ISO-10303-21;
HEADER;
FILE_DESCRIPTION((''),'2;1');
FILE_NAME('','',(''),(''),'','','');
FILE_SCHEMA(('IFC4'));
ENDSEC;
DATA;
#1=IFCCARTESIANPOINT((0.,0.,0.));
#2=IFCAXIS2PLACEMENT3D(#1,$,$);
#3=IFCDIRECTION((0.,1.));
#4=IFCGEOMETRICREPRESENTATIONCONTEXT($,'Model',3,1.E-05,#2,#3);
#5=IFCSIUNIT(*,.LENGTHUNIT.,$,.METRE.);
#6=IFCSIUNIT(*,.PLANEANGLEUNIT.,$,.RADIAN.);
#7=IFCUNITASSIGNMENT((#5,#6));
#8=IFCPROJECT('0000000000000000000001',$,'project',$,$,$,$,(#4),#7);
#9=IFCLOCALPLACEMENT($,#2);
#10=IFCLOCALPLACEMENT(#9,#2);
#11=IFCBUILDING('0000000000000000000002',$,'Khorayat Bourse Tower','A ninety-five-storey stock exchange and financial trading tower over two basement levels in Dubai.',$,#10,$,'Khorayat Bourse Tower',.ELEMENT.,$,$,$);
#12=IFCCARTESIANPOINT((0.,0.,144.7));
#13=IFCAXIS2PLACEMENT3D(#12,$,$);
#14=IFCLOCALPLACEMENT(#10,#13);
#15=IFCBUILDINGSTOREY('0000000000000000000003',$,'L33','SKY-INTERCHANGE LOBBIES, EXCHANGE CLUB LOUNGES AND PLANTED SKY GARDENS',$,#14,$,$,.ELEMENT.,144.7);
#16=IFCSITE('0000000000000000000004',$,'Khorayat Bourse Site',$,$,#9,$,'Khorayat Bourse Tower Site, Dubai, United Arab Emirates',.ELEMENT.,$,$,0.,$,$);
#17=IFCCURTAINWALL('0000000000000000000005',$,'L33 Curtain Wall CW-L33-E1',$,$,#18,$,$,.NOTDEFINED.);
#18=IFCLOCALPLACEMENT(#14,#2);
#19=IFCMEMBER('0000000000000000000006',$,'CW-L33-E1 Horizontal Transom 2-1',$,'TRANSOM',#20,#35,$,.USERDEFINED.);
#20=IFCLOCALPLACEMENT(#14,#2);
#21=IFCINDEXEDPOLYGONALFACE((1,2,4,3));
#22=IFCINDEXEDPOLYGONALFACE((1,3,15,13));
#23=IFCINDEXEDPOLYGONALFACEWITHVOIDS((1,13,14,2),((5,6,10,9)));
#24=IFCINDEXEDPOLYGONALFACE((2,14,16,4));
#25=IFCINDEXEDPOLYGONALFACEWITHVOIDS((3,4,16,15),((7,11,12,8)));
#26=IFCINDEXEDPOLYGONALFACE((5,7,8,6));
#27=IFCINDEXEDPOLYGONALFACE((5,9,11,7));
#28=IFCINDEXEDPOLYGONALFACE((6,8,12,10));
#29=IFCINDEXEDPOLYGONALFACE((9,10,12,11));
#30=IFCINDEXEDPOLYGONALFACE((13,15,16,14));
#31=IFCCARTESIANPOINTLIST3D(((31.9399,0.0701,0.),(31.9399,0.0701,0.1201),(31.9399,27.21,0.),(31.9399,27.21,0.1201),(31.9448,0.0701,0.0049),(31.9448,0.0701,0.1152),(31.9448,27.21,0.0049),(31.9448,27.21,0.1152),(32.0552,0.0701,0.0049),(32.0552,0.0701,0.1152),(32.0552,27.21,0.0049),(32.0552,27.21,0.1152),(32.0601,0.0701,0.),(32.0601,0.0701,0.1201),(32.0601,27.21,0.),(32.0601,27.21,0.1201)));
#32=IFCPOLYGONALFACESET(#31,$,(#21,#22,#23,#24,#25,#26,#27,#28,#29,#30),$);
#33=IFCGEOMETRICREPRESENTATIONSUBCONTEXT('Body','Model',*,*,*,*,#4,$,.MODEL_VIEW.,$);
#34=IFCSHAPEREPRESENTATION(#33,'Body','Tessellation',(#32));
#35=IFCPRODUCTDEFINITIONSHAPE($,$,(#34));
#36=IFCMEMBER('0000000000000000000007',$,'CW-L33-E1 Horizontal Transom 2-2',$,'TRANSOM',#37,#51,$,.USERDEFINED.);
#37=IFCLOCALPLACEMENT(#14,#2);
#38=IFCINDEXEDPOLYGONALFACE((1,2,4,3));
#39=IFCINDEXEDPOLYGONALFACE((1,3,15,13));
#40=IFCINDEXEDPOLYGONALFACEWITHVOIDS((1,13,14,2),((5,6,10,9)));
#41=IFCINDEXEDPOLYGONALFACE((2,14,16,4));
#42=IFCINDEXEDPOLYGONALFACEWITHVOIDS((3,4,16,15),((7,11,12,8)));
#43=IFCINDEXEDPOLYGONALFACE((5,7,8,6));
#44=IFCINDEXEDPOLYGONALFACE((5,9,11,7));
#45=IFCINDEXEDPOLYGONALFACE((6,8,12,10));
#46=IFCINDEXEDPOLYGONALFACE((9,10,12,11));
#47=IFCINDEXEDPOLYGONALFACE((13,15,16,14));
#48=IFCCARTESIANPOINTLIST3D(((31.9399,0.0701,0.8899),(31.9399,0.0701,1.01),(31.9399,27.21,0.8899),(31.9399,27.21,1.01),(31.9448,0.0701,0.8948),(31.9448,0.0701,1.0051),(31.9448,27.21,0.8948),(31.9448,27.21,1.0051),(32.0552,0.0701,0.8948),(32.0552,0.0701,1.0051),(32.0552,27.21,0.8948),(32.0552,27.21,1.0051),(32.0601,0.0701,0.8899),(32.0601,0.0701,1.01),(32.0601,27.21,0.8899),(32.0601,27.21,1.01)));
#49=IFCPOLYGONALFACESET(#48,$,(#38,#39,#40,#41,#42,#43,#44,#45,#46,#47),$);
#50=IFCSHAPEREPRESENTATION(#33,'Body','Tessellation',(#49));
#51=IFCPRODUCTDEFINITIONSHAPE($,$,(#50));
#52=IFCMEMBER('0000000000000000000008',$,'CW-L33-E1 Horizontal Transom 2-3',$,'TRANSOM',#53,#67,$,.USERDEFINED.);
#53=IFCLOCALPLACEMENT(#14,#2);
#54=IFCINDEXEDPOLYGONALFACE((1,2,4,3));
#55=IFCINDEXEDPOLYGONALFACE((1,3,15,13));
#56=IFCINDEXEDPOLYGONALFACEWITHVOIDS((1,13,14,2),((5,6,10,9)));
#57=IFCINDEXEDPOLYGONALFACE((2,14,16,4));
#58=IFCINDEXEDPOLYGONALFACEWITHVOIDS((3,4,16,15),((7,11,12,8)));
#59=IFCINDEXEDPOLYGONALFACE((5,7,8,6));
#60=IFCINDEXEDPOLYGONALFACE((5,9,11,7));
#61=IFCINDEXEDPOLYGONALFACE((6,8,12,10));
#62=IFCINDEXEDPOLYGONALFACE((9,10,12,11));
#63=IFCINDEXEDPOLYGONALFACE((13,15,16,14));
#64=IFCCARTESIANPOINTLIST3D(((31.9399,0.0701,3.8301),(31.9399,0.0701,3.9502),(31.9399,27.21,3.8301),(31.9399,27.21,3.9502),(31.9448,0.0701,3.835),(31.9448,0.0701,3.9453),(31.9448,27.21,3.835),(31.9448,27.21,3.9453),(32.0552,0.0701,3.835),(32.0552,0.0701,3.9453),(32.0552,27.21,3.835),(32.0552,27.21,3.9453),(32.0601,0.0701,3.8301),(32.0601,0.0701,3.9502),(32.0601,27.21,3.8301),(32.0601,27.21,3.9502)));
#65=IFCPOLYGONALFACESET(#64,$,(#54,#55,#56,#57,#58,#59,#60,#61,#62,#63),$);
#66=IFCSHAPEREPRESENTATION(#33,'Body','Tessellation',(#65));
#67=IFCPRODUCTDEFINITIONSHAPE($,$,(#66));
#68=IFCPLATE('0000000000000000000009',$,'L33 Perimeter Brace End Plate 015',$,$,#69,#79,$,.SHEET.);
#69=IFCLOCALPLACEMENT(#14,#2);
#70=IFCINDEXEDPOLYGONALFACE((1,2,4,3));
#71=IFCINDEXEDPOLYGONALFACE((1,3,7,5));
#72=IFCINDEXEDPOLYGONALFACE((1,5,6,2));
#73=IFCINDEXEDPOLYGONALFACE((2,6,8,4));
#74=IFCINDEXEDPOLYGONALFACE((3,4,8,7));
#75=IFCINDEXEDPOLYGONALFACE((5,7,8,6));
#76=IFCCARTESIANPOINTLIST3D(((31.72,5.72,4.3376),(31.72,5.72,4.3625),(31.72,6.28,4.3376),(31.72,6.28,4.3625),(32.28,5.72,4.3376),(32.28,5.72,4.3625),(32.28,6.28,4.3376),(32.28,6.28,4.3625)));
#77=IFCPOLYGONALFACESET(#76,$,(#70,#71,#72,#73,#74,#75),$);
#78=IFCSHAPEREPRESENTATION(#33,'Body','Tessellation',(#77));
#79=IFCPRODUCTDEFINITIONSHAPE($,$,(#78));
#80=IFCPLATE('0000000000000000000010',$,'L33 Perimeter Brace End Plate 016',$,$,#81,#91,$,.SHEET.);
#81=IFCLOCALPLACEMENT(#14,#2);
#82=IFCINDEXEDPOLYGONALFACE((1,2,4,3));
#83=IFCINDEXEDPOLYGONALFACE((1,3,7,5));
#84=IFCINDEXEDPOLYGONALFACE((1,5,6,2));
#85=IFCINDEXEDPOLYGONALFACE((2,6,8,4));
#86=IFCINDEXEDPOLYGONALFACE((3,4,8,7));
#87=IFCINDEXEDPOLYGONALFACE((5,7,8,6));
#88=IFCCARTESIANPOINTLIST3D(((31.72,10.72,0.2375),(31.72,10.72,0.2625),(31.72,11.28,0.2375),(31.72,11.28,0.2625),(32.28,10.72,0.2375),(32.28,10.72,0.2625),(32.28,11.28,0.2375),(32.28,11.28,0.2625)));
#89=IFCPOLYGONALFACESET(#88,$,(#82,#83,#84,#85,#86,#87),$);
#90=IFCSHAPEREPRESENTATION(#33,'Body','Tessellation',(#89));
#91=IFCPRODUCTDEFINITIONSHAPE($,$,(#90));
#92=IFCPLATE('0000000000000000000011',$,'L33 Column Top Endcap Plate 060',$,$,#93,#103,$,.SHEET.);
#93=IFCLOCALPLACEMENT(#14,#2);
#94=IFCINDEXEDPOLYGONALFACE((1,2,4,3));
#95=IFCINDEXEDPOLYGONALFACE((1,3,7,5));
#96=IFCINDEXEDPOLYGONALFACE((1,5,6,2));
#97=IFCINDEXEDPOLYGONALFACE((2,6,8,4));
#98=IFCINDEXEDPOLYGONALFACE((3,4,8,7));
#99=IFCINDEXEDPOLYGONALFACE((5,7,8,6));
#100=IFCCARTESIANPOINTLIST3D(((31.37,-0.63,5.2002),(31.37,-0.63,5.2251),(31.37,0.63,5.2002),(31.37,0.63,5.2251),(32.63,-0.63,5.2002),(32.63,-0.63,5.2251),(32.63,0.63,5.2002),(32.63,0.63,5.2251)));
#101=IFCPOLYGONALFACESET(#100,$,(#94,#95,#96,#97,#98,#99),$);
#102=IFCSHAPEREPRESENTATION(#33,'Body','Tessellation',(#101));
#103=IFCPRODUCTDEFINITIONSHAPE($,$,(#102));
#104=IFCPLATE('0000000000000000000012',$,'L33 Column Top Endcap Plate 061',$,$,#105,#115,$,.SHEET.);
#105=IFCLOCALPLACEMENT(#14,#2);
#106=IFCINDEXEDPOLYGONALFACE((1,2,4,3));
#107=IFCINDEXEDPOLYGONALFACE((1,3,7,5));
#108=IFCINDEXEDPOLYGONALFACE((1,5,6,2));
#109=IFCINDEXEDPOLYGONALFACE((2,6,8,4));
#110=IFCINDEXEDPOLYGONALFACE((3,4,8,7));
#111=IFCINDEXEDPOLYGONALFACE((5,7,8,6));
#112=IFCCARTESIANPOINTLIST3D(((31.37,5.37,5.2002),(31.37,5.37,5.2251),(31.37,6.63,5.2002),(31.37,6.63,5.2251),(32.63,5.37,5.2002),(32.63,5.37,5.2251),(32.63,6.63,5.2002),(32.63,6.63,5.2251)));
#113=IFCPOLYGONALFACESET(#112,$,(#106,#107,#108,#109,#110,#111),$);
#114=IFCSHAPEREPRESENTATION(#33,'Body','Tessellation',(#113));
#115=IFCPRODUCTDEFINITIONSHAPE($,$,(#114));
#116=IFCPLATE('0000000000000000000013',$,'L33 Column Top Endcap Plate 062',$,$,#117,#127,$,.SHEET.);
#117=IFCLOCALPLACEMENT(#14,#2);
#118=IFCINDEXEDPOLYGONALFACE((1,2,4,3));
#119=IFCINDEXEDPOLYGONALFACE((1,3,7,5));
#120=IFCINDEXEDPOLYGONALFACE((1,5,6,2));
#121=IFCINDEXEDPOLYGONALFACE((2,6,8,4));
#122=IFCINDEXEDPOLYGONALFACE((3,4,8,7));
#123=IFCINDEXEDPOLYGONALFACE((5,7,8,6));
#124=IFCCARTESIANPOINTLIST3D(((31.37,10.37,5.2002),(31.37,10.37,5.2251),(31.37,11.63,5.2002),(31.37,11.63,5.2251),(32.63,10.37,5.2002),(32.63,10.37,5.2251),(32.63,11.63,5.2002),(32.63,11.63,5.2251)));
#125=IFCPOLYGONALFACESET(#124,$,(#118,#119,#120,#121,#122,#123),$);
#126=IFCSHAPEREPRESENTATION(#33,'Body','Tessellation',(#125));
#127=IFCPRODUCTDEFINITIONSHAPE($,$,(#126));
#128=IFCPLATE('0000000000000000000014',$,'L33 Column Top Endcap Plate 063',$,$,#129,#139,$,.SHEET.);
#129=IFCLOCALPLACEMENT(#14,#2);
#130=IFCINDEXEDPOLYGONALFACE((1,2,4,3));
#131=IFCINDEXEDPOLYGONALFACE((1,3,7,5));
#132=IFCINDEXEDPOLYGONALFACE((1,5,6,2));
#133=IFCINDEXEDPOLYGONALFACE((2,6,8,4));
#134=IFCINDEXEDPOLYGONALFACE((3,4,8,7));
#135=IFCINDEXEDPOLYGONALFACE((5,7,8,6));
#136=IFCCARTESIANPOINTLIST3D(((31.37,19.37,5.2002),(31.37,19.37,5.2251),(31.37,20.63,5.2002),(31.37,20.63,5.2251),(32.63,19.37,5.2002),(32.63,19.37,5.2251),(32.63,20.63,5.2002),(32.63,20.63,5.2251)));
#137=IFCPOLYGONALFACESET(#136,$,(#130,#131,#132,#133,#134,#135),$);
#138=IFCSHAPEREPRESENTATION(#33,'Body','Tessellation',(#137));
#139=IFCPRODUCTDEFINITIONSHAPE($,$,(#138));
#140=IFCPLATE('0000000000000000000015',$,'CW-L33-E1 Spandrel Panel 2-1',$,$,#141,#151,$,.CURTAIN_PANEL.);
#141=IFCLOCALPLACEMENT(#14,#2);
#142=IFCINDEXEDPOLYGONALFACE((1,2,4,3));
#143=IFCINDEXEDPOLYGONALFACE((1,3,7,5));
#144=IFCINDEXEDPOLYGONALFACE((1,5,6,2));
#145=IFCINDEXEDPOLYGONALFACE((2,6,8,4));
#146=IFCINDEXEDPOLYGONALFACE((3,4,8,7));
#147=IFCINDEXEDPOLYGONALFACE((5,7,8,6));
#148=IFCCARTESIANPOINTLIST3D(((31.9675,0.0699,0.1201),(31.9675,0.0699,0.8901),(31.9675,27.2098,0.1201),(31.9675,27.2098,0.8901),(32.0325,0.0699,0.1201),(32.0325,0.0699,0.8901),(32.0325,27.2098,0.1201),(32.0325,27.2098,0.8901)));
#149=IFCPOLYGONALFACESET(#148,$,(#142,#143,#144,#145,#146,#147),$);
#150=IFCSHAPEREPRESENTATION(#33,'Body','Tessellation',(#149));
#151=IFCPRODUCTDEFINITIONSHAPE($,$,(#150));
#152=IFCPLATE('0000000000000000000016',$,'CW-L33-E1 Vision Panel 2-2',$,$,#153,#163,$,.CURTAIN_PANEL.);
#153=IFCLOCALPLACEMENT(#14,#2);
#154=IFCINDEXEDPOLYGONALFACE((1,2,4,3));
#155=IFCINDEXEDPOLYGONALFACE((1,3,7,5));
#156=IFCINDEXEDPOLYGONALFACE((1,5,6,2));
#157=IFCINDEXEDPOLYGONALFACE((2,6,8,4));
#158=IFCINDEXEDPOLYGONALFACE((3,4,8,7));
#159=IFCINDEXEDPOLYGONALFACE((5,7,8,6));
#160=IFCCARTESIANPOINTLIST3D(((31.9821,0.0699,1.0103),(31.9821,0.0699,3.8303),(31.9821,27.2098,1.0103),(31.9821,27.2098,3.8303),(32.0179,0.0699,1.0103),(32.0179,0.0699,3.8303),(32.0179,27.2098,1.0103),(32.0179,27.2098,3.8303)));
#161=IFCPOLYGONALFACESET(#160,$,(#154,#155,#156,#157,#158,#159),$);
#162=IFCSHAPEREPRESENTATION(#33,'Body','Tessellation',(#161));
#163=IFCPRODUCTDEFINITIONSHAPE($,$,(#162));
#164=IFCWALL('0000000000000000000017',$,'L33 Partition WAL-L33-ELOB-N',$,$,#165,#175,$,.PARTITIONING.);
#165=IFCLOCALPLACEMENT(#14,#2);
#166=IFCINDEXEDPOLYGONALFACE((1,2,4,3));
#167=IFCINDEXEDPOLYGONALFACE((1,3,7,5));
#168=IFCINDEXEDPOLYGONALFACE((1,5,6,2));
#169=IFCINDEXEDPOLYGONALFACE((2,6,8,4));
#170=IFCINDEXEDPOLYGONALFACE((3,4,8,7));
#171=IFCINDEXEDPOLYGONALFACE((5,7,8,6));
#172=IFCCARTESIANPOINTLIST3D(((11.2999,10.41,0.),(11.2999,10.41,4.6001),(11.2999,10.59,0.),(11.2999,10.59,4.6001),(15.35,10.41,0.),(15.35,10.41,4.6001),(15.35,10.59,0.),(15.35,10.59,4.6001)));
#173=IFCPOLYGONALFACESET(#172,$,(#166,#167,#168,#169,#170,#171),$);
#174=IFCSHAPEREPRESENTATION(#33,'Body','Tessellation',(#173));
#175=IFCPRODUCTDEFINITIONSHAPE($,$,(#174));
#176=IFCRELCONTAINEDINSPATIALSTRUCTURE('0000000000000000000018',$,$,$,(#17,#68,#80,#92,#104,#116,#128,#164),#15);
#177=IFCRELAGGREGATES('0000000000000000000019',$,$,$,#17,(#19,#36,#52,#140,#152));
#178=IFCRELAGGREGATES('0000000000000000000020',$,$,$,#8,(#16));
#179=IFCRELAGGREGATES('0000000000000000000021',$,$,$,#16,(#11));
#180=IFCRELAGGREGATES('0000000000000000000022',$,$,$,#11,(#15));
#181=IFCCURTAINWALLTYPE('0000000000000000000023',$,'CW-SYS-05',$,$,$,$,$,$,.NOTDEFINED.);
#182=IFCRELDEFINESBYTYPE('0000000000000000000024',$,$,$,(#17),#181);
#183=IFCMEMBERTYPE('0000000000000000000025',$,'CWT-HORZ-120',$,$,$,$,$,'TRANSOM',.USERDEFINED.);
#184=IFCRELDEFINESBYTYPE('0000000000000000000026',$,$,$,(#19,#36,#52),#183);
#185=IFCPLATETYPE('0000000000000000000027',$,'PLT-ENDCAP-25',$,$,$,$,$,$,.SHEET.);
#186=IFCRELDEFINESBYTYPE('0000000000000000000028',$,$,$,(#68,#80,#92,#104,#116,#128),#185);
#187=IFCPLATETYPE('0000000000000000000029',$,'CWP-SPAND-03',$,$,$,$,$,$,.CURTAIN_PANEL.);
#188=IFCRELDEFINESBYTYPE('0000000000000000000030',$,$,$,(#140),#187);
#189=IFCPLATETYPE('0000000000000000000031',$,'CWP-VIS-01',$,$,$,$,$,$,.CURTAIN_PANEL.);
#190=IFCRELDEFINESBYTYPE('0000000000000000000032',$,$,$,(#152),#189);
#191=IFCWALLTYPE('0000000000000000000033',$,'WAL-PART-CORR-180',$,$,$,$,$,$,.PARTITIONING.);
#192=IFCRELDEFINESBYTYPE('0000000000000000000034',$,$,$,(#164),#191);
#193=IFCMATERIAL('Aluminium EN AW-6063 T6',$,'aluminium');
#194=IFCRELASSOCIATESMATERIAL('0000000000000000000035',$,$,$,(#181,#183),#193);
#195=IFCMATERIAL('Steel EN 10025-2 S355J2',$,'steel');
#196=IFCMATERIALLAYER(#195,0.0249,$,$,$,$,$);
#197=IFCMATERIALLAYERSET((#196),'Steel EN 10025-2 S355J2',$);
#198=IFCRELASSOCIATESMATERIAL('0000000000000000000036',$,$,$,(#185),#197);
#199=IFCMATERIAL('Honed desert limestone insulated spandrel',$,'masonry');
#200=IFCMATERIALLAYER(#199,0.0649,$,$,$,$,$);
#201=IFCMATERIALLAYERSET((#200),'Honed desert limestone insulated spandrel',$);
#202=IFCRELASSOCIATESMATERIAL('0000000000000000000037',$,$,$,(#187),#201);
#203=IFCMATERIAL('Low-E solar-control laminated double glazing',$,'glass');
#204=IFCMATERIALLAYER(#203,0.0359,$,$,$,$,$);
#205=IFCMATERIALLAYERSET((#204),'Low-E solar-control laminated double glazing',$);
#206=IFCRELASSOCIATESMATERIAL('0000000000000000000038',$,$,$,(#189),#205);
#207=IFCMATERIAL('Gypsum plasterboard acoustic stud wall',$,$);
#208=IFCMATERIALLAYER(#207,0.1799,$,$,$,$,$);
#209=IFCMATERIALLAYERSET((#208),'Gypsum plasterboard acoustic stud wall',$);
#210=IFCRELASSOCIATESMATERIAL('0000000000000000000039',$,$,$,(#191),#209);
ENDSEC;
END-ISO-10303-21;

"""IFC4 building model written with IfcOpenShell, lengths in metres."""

from ifc_helpers import new_model, si_unit, direction, frame, frame_2d, origin, origin_2d, place, context, subcontext, project, spatial, rectangle, hollow_rectangle, extrude, source, transform, mapped, material, layer, layer_set, material_profile, profile_set, type_object, element, aggregate, save


model = new_model("IFC4")

# Units and contexts
model_context = context("Model", 3, precision=1e-05, world=origin(), true_north=direction((0.0, 1.0)))
body_context = subcontext(model_context, "Body", "Model", "MODEL_VIEW")
ifc_project = project(units=[si_unit("LENGTHUNIT", "METRE"), si_unit("PLANEANGLEUNIT", "RADIAN")], contexts=[model_context])

# Site, building, storey
site_placement = place(None, origin())
site = spatial("IfcSite", under=ifc_project, at=site_placement, Name="Khorayat Bourse Site", LongName="Khorayat Bourse Tower Site, Dubai, United Arab Emirates", CompositionType="ELEMENT", RefElevation=0.0)
building_placement = place(site_placement, origin())
building = spatial("IfcBuilding", under=site, at=building_placement, Name="Khorayat Bourse Tower", Description="A ninety-five-storey stock exchange and financial trading tower over two basement levels in Dubai.", LongName="Khorayat Bourse Tower", CompositionType="ELEMENT")
storey_placement = place(building_placement, frame((0.0, 0.0, 144.7)))
storey = spatial("IfcBuildingStorey", under=building, at=storey_placement, Name="L33", Description="SKY-INTERCHANGE LOBBIES, EXCHANGE CLUB LOUNGES AND PLANTED SKY GARDENS", CompositionType="ELEMENT", Elevation=144.7)

# Curtain wall, members
ifc_material_1 = material(Name="Aluminium EN AW-6063 T6", Category="aluminium")
curtain_wall_type = type_object("IfcCurtainWallType", Name="CW-SYS-05", PredefinedType="NOTDEFINED", material=ifc_material_1)
curtain_wall_placement = place(storey_placement, origin())
curtain_wall = element("IfcCurtainWall", 1, at=curtain_wall_placement, inside=storey, type_object=curtain_wall_type, Name="L33 Curtain Wall CW-L33-E1", PredefinedType="NOTDEFINED")
ifc_material_profile_1 = material_profile(ifc_material_1, hollow_rectangle(XDim=0.1201, YDim=0.1201, WallThickness=0.0049, at=origin_2d()), Name="ALU 120x120x5")
ifc_profile_set_1 = profile_set([ifc_material_profile_1], Name="Aluminium EN AW-6063 T6")
member_type_1 = type_object("IfcMemberType", Name="CWT-HORZ-120", ElementType="TRANSOM", PredefinedType="USERDEFINED", material=ifc_profile_set_1)
shared_shape_1 = source(origin(), body_context, "Body", "SweptSolid", [
    extrude(hollow_rectangle(XDim=0.1201, YDim=0.1201, WallThickness=0.0049, at=origin_2d()), origin(), (0.0, 0.0, 1.0), 27.1399),
])
member_1_placement = place(storey_placement, frame((32.0, 0.0701, 0.0601), z_axis=(0.0, 1.0, 0.0), x_axis=(-1.0, 0.0, 0.0)))
member_1 = element("IfcMember", 2, at=member_1_placement, type_object=member_type_1, Name="CW-L33-E1 Horizontal Transom 2-1", ObjectType="TRANSOM", PredefinedType="USERDEFINED", context=body_context, shape_type="MappedRepresentation", body=[
    mapped(shared_shape_1, transform((0.0, 0.0, 0.0), scale=1.0)),
])
member_2_placement = place(storey_placement, frame((32.0, 0.0701, 0.95), z_axis=(0.0, 1.0, 0.0), x_axis=(-1.0, 0.0, 0.0)))
member_2 = element("IfcMember", 3, at=member_2_placement, type_object=member_type_1, Name="CW-L33-E1 Horizontal Transom 2-2", ObjectType="TRANSOM", PredefinedType="USERDEFINED", context=body_context, shape_type="MappedRepresentation", body=[
    mapped(shared_shape_1, transform((0.0, 0.0, 0.0), scale=1.0)),
])
member_3_placement = place(storey_placement, frame((32.0, 0.0701, 3.8901), z_axis=(0.0, 1.0, 0.0), x_axis=(-1.0, 0.0, 0.0)))
member_3 = element("IfcMember", 4, at=member_3_placement, type_object=member_type_1, Name="CW-L33-E1 Horizontal Transom 2-3", ObjectType="TRANSOM", PredefinedType="USERDEFINED", context=body_context, shape_type="MappedRepresentation", body=[
    mapped(shared_shape_1, transform((0.0, 0.0, 0.0), scale=1.0)),
])

# Plates
ifc_material_2 = material(Name="Steel EN 10025-2 S355J2", Category="steel")
ifc_layer_1 = layer(ifc_material_2, 0.0249)
ifc_layer_set_1 = layer_set([ifc_layer_1], Name="Steel EN 10025-2 S355J2")
plate_type_1 = type_object("IfcPlateType", Name="PLT-ENDCAP-25", PredefinedType="SHEET", material=ifc_layer_set_1)
shared_shape_2 = source(origin(), body_context, "Body", "SweptSolid", [
    extrude(rectangle(XDim=0.5601, YDim=0.5601, at=origin_2d()), origin(), (0.0, 0.0, 1.0), 0.0249),
])
for number, where, z_axis, x_axis, name in (
    (5, (32.0, 6.0, 4.3376), (0.0, 0.0, 1.0), (1.0, 0.0, 0.0), "L33 Perimeter Brace End Plate 015"),
    (6, (32.0, 11.0, 0.2375), (0.0, 0.0, 1.0), (1.0, 0.0, 0.0), "L33 Perimeter Brace End Plate 016"),
):
    element("IfcPlate", number, at=place(storey_placement, frame(where, z_axis=z_axis, x_axis=x_axis)), inside=storey, type_object=plate_type_1, Name=name, PredefinedType="SHEET", context=body_context, shape_type="MappedRepresentation", body=[
        mapped(shared_shape_2, transform((0.0, 0.0, 0.0), scale=1.0)),
    ])
shared_shape_3 = source(origin(), body_context, "Body", "SweptSolid", [
    extrude(rectangle(XDim=1.26, YDim=1.26, at=origin_2d()), origin(), (0.0, 0.0, 1.0), 0.0249),
])
for number, where, z_axis, x_axis, name in (
    (7, (32.0, 0.0, 5.2002), (0.0, 0.0, 1.0), (1.0, 0.0, 0.0), "L33 Column Top Endcap Plate 060"),
    (8, (32.0, 6.0, 5.2002), (0.0, 0.0, 1.0), (1.0, 0.0, 0.0), "L33 Column Top Endcap Plate 061"),
    (9, (32.0, 11.0, 5.2002), (0.0, 0.0, 1.0), (1.0, 0.0, 0.0), "L33 Column Top Endcap Plate 062"),
    (10, (32.0, 20.0, 5.2002), (0.0, 0.0, 1.0), (1.0, 0.0, 0.0), "L33 Column Top Endcap Plate 063"),
):
    element("IfcPlate", number, at=place(storey_placement, frame(where, z_axis=z_axis, x_axis=x_axis)), inside=storey, type_object=plate_type_1, Name=name, PredefinedType="SHEET", context=body_context, shape_type="MappedRepresentation", body=[
        mapped(shared_shape_3, transform((0.0, 0.0, 0.0), scale=1.0)),
    ])

# Plates
ifc_material_3 = material(Name="Honed desert limestone insulated spandrel", Category="masonry")
ifc_layer_2 = layer(ifc_material_3, 0.0649)
ifc_layer_set_2 = layer_set([ifc_layer_2], Name="Honed desert limestone insulated spandrel")
plate_type_2 = type_object("IfcPlateType", Name="CWP-SPAND-03", PredefinedType="CURTAIN_PANEL", material=ifc_layer_set_2)
shared_shape_4 = source(origin(), body_context, "Body", "SweptSolid", [
    extrude(rectangle(XDim=27.1399, YDim=0.0649, at=origin_2d()), origin(), (0.0, 0.0, 1.0), 0.77),
])
plate_1_placement = place(storey_placement, frame((32.0, 13.6399, 0.1201), z_axis=(0.0, 0.0, 1.0), x_axis=(0.0, 1.0, 0.0)))
plate_1 = element("IfcPlate", 11, at=plate_1_placement, type_object=plate_type_2, Name="CW-L33-E1 Spandrel Panel 2-1", PredefinedType="CURTAIN_PANEL", context=body_context, shape_type="MappedRepresentation", body=[
    mapped(shared_shape_4, transform((0.0, 0.0, 0.0), scale=1.0)),
])
ifc_material_4 = material(Name="Low-E solar-control laminated double glazing", Category="glass")
ifc_layer_3 = layer(ifc_material_4, 0.0359)
ifc_layer_set_3 = layer_set([ifc_layer_3], Name="Low-E solar-control laminated double glazing")
plate_type_3 = type_object("IfcPlateType", Name="CWP-VIS-01", PredefinedType="CURTAIN_PANEL", material=ifc_layer_set_3)
shared_shape_5 = source(origin(), body_context, "Body", "SweptSolid", [
    extrude(rectangle(XDim=27.1399, YDim=0.0359, at=origin_2d()), origin(), (0.0, 0.0, 1.0), 2.8201),
])
plate_2_placement = place(storey_placement, frame((32.0, 13.6399, 1.0103), z_axis=(0.0, 0.0, 1.0), x_axis=(0.0, 1.0, 0.0)))
plate_2 = element("IfcPlate", 12, at=plate_2_placement, type_object=plate_type_3, Name="CW-L33-E1 Vision Panel 2-2", PredefinedType="CURTAIN_PANEL", context=body_context, shape_type="MappedRepresentation", body=[
    mapped(shared_shape_5, transform((0.0, 0.0, 0.0), scale=1.0)),
])
aggregate(curtain_wall, [member_1, member_2, member_3, plate_1, plate_2])

# Wall
ifc_material_5 = material(Name="Gypsum plasterboard acoustic stud wall")
ifc_layer_4 = layer(ifc_material_5, 0.1799)
ifc_layer_set_4 = layer_set([ifc_layer_4], Name="Gypsum plasterboard acoustic stud wall")
wall_type = type_object("IfcWallType", Name="WAL-PART-CORR-180", PredefinedType="PARTITIONING", material=ifc_layer_set_4)
shared_shape_6 = source(origin(), body_context, "Body", "SweptSolid", [
    extrude(rectangle(XDim=4.05, YDim=0.1799, at=frame_2d((2.0249, 0.0))), origin(), (0.0, 0.0, 1.0), 4.6001),
])
wall_placement = place(storey_placement, frame((11.3, 10.5, 0.0), z_axis=(0.0, 0.0, 1.0), x_axis=(1.0, 0.0, 0.0)))
element("IfcWall", 13, at=wall_placement, inside=storey, type_object=wall_type, Name="L33 Partition WAL-L33-ELOB-N", PredefinedType="PARTITIONING", context=body_context, shape_type="MappedRepresentation", body=[
    mapped(shared_shape_6, transform((0.0, 0.0, 0.0), scale=1.0)),
])

save(model, "model.ifc")
